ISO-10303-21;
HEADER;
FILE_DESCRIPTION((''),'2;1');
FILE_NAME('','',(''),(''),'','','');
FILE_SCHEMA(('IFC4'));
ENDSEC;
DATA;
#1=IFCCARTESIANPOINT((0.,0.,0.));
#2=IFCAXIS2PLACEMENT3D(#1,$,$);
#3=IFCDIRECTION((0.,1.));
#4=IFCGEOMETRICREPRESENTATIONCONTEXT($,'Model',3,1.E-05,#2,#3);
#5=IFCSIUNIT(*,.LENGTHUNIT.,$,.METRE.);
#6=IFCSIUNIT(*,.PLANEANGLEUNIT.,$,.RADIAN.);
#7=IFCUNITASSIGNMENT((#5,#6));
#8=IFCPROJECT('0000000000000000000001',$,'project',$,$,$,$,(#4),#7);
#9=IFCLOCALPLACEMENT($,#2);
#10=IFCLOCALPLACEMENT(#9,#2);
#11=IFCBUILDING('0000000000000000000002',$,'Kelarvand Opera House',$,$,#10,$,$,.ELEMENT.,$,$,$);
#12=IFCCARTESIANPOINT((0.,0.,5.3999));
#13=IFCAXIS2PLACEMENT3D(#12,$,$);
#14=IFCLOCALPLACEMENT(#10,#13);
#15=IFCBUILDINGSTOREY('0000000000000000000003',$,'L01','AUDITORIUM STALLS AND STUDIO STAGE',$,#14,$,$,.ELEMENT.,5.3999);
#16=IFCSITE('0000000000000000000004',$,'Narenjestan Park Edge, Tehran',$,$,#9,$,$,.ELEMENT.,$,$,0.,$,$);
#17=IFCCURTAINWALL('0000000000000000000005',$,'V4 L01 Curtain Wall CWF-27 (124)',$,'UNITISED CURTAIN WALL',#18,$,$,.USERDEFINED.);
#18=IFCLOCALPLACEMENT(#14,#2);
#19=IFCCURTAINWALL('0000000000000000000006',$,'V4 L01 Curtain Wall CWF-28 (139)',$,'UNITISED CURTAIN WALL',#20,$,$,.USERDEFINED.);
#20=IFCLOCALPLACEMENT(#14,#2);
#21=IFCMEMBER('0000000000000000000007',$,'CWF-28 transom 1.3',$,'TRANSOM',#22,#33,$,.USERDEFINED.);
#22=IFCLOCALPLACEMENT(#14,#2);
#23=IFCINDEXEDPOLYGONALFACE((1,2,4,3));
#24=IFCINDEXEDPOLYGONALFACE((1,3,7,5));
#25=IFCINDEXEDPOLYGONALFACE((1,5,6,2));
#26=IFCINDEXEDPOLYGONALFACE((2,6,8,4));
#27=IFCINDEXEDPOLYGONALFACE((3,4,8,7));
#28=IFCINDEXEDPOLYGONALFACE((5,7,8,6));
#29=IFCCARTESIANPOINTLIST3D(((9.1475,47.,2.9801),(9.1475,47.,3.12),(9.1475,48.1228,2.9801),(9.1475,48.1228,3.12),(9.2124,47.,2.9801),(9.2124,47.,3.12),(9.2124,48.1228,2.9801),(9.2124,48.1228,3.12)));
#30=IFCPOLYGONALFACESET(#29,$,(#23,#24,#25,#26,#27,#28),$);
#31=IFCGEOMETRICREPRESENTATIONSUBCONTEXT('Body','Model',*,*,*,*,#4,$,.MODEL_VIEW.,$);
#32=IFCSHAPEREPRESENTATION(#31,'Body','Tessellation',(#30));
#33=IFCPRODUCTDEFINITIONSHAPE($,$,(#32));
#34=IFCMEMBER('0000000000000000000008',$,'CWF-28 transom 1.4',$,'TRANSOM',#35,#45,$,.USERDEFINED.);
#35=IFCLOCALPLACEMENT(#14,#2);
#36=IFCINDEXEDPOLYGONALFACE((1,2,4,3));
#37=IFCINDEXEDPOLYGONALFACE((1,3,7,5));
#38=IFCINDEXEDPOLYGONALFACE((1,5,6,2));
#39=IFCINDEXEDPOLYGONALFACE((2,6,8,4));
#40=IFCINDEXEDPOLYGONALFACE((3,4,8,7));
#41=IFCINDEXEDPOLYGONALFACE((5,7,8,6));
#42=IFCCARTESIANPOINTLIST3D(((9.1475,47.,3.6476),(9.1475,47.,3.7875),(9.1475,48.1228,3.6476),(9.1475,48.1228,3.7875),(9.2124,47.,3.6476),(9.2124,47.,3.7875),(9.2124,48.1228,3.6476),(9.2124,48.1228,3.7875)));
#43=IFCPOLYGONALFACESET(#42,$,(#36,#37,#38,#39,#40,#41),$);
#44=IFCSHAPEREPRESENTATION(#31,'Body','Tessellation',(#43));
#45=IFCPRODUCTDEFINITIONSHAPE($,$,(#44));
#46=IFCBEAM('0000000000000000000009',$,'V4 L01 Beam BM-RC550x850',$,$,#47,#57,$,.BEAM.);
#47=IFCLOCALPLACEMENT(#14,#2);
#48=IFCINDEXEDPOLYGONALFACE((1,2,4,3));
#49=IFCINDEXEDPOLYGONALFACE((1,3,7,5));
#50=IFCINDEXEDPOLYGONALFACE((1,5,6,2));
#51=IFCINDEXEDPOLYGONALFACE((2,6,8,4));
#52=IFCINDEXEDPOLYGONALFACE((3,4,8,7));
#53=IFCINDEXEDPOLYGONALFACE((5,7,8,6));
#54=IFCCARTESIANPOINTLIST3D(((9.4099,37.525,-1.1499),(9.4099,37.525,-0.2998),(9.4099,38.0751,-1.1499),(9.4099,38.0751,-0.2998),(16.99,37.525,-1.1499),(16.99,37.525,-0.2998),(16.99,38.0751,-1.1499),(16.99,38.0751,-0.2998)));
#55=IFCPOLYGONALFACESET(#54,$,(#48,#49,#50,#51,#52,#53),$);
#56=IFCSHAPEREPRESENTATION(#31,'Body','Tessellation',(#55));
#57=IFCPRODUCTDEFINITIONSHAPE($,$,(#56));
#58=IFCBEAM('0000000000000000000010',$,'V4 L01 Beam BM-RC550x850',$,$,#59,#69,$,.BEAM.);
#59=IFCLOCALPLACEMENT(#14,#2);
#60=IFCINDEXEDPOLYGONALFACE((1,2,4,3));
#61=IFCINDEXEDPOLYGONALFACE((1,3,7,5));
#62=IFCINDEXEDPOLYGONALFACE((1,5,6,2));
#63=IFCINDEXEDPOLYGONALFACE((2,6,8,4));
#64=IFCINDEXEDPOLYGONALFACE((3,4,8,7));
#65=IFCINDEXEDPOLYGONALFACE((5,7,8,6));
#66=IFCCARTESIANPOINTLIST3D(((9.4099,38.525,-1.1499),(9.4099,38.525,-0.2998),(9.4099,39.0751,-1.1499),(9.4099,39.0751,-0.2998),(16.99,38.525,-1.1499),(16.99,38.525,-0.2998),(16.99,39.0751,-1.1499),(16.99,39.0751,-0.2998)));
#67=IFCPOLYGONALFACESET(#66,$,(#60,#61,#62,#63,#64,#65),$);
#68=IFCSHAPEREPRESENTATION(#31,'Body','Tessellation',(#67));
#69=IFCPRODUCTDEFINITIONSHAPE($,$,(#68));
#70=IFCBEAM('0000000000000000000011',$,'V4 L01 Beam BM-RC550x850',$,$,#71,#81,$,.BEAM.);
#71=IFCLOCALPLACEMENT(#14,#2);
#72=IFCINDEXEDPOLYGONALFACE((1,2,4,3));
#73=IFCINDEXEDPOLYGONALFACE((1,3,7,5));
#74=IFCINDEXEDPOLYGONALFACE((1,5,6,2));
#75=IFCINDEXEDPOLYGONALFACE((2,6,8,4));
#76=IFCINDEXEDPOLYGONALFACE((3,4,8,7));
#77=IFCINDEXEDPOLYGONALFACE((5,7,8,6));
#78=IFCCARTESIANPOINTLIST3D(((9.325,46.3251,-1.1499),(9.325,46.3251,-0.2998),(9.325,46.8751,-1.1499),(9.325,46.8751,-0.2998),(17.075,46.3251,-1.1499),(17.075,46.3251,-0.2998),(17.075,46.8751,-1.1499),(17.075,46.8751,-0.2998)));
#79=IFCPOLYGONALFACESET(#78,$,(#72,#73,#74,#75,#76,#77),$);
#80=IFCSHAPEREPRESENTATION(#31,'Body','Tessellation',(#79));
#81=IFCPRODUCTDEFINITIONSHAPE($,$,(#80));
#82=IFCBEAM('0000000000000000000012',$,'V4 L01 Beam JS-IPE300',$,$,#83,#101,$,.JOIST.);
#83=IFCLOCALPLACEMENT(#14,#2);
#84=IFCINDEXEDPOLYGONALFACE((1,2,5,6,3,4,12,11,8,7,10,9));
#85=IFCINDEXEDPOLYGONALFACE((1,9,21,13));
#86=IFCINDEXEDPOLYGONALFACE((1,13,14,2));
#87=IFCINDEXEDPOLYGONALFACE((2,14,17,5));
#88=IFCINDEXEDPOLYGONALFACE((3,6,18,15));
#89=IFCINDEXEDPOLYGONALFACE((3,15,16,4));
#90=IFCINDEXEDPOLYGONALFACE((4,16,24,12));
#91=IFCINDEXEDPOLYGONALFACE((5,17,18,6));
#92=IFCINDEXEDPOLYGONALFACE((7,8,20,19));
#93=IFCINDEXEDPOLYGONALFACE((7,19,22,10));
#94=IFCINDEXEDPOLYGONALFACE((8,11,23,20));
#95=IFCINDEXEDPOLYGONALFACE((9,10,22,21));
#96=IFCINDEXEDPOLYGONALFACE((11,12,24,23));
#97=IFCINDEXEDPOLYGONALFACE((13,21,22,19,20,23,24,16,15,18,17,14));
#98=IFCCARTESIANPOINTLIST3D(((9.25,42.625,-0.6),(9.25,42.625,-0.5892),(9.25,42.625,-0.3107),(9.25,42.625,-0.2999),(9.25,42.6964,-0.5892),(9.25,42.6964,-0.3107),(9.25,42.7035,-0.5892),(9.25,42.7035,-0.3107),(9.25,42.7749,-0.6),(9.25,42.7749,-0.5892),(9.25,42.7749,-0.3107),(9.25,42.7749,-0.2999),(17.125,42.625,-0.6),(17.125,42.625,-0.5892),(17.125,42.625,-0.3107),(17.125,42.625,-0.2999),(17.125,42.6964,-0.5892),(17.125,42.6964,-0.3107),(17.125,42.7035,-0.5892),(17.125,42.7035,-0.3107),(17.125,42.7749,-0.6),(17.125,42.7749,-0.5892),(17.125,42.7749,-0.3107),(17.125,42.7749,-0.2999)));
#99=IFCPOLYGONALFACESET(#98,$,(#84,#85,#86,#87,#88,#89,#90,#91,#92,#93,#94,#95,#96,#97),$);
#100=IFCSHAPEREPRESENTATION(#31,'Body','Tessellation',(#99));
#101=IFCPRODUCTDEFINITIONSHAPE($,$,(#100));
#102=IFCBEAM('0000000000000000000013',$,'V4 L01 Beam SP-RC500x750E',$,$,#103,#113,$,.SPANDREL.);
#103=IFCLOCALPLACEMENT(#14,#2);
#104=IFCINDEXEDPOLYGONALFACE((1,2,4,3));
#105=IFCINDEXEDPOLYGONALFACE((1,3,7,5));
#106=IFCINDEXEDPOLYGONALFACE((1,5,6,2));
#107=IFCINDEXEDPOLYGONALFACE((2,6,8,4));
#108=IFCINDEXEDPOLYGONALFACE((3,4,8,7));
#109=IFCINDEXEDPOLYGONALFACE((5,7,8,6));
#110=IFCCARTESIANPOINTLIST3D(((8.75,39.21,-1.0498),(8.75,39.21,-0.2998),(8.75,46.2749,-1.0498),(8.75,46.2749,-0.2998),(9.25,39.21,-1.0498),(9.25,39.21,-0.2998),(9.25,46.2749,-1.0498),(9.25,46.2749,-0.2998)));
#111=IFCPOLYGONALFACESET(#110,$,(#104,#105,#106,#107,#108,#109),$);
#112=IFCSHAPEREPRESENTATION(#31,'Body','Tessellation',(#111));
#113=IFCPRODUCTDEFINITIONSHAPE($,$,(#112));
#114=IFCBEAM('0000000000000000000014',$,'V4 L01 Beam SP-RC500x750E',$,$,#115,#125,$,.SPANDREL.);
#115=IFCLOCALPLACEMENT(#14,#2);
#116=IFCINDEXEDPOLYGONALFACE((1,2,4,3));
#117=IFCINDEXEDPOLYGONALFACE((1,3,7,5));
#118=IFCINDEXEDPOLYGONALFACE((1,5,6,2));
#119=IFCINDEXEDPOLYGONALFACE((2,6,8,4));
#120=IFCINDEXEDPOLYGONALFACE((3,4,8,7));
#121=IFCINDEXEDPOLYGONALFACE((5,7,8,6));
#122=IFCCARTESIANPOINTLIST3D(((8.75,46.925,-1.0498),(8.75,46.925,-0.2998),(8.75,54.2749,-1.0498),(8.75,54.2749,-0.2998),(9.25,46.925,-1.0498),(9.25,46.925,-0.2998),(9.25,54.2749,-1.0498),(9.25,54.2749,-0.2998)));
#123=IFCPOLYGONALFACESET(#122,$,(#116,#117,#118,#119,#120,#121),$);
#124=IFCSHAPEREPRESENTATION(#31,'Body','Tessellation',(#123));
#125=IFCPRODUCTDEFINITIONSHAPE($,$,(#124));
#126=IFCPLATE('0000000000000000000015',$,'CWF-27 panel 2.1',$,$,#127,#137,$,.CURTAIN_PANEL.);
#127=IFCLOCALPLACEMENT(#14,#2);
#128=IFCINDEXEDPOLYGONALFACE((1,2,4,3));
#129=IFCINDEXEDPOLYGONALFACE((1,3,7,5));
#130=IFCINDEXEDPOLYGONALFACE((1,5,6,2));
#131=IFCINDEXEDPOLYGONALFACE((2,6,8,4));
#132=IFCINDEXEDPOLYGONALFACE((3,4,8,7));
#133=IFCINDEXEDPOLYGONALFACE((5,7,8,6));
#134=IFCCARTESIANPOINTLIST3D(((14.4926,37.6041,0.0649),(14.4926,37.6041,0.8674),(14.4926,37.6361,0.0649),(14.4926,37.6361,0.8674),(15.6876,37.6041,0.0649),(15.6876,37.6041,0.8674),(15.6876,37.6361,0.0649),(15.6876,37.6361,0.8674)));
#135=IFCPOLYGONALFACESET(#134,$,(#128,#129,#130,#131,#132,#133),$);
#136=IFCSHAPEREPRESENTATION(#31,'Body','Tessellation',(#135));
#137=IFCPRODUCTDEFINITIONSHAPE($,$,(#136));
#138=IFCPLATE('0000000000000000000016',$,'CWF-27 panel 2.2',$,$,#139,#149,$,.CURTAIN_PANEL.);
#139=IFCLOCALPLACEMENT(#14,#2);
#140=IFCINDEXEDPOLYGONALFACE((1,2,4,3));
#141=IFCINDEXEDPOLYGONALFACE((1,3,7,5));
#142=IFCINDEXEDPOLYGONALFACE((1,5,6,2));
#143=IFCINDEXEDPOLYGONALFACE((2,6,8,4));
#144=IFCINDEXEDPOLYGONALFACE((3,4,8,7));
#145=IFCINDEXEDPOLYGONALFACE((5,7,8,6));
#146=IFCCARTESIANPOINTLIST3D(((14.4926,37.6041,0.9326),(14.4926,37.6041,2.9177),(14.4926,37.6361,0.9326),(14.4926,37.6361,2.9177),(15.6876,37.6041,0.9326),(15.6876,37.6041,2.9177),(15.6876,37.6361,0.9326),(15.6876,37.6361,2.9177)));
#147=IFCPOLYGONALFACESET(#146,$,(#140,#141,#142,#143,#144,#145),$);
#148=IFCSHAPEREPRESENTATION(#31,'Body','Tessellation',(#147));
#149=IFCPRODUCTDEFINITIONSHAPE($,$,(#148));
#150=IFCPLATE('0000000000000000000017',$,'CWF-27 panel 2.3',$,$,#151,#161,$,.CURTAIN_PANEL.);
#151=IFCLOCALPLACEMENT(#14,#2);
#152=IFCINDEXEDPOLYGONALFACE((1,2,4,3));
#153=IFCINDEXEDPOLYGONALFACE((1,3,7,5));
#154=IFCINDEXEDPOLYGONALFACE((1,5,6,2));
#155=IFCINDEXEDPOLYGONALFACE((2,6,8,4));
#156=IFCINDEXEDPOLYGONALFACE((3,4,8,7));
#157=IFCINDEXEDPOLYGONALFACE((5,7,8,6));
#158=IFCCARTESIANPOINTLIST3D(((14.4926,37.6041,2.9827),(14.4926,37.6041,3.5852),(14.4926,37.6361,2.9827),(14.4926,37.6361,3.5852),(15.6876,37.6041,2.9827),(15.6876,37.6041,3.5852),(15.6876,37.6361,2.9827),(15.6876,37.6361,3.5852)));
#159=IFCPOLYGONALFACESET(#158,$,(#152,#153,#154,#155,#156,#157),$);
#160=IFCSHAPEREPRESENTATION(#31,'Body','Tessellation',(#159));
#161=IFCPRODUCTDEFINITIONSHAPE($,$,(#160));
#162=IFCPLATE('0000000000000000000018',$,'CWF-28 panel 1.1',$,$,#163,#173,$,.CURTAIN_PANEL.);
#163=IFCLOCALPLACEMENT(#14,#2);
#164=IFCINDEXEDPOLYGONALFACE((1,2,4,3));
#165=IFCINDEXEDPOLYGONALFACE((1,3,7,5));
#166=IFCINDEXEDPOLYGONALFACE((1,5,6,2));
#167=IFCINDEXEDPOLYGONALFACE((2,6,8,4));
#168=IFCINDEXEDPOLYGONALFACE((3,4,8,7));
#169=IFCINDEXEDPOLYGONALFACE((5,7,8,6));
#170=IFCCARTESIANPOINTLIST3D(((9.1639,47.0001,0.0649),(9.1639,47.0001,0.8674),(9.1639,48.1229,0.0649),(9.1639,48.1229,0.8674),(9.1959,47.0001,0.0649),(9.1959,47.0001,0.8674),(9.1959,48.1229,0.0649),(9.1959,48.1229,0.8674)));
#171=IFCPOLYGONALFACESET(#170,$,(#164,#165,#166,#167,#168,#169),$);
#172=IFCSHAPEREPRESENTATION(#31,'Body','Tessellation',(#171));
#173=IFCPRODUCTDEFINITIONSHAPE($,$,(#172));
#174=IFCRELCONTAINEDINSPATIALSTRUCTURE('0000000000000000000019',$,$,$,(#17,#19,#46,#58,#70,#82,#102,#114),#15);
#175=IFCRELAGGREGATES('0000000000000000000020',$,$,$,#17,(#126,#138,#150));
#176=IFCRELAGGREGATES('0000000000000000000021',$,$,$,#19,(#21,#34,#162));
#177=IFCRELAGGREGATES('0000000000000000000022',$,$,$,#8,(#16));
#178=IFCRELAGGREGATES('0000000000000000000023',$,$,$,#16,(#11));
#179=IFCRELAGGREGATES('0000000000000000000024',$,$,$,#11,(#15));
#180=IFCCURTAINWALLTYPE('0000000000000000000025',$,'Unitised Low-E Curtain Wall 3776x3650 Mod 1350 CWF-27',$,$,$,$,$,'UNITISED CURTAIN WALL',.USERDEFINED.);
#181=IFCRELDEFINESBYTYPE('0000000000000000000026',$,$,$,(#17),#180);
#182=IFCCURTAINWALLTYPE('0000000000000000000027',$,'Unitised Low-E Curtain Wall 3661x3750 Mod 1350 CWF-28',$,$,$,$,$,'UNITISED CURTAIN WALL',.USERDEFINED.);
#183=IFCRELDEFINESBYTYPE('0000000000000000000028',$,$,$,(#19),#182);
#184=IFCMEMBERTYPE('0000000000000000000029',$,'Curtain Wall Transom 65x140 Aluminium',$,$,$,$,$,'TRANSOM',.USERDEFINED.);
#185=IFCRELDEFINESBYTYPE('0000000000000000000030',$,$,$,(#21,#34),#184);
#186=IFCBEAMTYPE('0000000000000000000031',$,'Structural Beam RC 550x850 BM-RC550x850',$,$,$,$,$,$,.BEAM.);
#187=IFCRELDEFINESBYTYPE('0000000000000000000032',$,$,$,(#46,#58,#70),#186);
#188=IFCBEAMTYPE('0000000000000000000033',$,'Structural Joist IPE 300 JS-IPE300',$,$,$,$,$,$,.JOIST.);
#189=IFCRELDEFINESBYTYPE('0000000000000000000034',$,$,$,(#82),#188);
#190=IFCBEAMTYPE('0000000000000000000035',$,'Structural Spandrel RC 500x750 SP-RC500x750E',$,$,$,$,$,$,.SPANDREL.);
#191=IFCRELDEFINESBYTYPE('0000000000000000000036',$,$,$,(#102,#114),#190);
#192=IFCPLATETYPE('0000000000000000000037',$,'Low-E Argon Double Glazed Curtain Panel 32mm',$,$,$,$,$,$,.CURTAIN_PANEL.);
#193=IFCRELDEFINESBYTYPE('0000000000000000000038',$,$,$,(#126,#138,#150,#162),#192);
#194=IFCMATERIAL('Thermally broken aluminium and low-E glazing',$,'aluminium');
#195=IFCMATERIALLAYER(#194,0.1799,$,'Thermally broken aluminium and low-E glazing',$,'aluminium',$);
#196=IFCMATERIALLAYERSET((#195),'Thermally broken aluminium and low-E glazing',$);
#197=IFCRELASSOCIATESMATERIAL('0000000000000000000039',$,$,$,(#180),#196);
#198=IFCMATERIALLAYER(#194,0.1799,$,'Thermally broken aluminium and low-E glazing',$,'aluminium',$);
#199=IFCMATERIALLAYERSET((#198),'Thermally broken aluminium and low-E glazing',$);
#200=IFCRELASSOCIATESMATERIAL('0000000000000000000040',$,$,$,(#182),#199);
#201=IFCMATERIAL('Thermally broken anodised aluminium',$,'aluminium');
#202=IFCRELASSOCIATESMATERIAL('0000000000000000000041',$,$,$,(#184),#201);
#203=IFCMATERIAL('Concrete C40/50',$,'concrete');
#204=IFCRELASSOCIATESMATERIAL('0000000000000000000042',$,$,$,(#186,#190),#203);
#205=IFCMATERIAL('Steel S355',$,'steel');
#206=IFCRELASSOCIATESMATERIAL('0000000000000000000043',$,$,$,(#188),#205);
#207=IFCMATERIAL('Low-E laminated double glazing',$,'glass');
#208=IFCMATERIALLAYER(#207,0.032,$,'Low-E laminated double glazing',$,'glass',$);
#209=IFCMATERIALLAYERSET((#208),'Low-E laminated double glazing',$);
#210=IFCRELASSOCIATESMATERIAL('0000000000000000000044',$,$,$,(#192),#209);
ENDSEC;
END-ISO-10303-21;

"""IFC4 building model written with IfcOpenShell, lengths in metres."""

from ifc_helpers import new_model, si_unit, direction, frame, origin, origin_2d, place, context, subcontext, project, spatial, rectangle, i_section, extrude, material, layer, layer_set, material_profile, profile_set, type_object, element, aggregate, save


model = new_model("IFC4")

# Units and contexts
model_context = context("Model", 3, precision=1e-05, world=origin(), true_north=direction((0.0, 1.0)))
body_context = subcontext(model_context, "Body", "Model", "MODEL_VIEW")
ifc_project = project(units=[si_unit("LENGTHUNIT", "METRE"), si_unit("PLANEANGLEUNIT", "RADIAN")], contexts=[model_context])

# Site, building, storey
site_placement = place(None, origin())
site = spatial("IfcSite", under=ifc_project, at=site_placement, Name="Narenjestan Park Edge, Tehran", CompositionType="ELEMENT", RefElevation=0.0)
building_placement = place(site_placement, origin())
building = spatial("IfcBuilding", under=site, at=building_placement, Name="Kelarvand Opera House", CompositionType="ELEMENT")
storey_placement = place(building_placement, frame((0.0, 0.0, 5.3999)))
storey = spatial("IfcBuildingStorey", under=building, at=storey_placement, Name="L01", Description="AUDITORIUM STALLS AND STUDIO STAGE", CompositionType="ELEMENT", Elevation=5.3999)

# Shared definitions
ifc_material_1 = material(Name="Concrete C40/50", Category="concrete")

# Curtain walls
ifc_material_2 = material(Name="Thermally broken aluminium and low-E glazing", Category="aluminium")
ifc_layer_1 = layer(ifc_material_2, 0.1799, Name="Thermally broken aluminium and low-E glazing", Category="aluminium")
ifc_layer_set_1 = layer_set([ifc_layer_1], Name="Thermally broken aluminium and low-E glazing")
curtain_wall_type_1 = type_object("IfcCurtainWallType", Name="Unitised Low-E Curtain Wall 3776x3650 Mod 1350 CWF-27", ElementType="UNITISED CURTAIN WALL", PredefinedType="USERDEFINED", material=ifc_layer_set_1)
curtain_wall_1_placement = place(storey_placement, origin())
curtain_wall_1 = element("IfcCurtainWall", 1, at=curtain_wall_1_placement, inside=storey, type_object=curtain_wall_type_1, Name="V4 L01 Curtain Wall CWF-27 (124)", ObjectType="UNITISED CURTAIN WALL", PredefinedType="USERDEFINED")
ifc_material_3 = material(Name="Thermally broken anodised aluminium", Category="aluminium")
ifc_layer_2 = layer(ifc_material_2, 0.1799, Name="Thermally broken aluminium and low-E glazing", Category="aluminium")
ifc_layer_set_2 = layer_set([ifc_layer_2], Name="Thermally broken aluminium and low-E glazing")
curtain_wall_type_2 = type_object("IfcCurtainWallType", Name="Unitised Low-E Curtain Wall 3661x3750 Mod 1350 CWF-28", ElementType="UNITISED CURTAIN WALL", PredefinedType="USERDEFINED", material=ifc_layer_set_2)
curtain_wall_2_placement = place(storey_placement, origin())
curtain_wall_2 = element("IfcCurtainWall", 2, at=curtain_wall_2_placement, inside=storey, type_object=curtain_wall_type_2, Name="V4 L01 Curtain Wall CWF-28 (139)", ObjectType="UNITISED CURTAIN WALL", PredefinedType="USERDEFINED")

# Members
ifc_material_profile_1 = material_profile(ifc_material_3, rectangle(XDim=0.0649, YDim=0.1399, at=origin_2d()), Name="ALU TRANSOM 65x140", Category="aluminium")
ifc_profile_set_1 = profile_set([ifc_material_profile_1], Name="Thermally broken anodised aluminium")
member_type_1 = type_object("IfcMemberType", Name="Curtain Wall Transom 65x140 Aluminium", ElementType="TRANSOM", PredefinedType="USERDEFINED", material=ifc_profile_set_1)
member_1_placement = place(storey_placement, frame((9.1799, 47.0, 3.05), z_axis=(0.0, 1.0, 0.0), x_axis=(-1.0, 0.0, 0.0)))
member_1 = element("IfcMember", 3, at=member_1_placement, type_object=member_type_1, Name="CWF-28 transom 1.3", ObjectType="TRANSOM", PredefinedType="USERDEFINED", context=body_context, shape_type="SweptSolid", body=[
    extrude(rectangle(XDim=0.0649, YDim=0.1399, at=origin_2d()), origin(), (0.0, 0.0, 1.0), 1.1228),
])
member_2_placement = place(storey_placement, frame((9.1799, 47.0, 3.7175), z_axis=(0.0, 1.0, 0.0), x_axis=(-1.0, 0.0, 0.0)))
member_2 = element("IfcMember", 4, at=member_2_placement, type_object=member_type_1, Name="CWF-28 transom 1.4", ObjectType="TRANSOM", PredefinedType="USERDEFINED", context=body_context, shape_type="SweptSolid", body=[
    extrude(rectangle(XDim=0.0649, YDim=0.1399, at=origin_2d()), origin(), (0.0, 0.0, 1.0), 1.1228),
])

# Beams
ifc_material_profile_2 = material_profile(ifc_material_1, rectangle(XDim=0.55, YDim=0.8501, at=origin_2d()), Name="RC 550x850", Category="concrete")
ifc_profile_set_2 = profile_set([ifc_material_profile_2], Name="Concrete C40/50")
beam_type_1 = type_object("IfcBeamType", Name="Structural Beam RC 550x850 BM-RC550x850", PredefinedType="BEAM", material=ifc_profile_set_2)
for number, where, z_axis, x_axis, name in (
    (5, (9.4099, 37.8, -0.7249), (1.0, 0.0, 0.0), (0.0, 1.0, 0.0), "V4 L01 Beam BM-RC550x850"),
    (6, (9.4099, 38.8, -0.7249), (1.0, 0.0, 0.0), (0.0, 1.0, 0.0), "V4 L01 Beam BM-RC550x850"),
):
    element("IfcBeam", number, at=place(storey_placement, frame(where, z_axis=z_axis, x_axis=x_axis)), inside=storey, type_object=beam_type_1, Name=name, PredefinedType="BEAM", context=body_context, shape_type="SweptSolid", body=[
        extrude(rectangle(XDim=0.55, YDim=0.8501, at=origin_2d()), origin(), (0.0, 0.0, 1.0), 7.5801),
    ])
beam_1_placement = place(storey_placement, frame((9.325, 46.6001, -0.7249), z_axis=(1.0, 0.0, 0.0), x_axis=(0.0, 1.0, 0.0)))
element("IfcBeam", 7, at=beam_1_placement, inside=storey, type_object=beam_type_1, Name="V4 L01 Beam BM-RC550x850", PredefinedType="BEAM", context=body_context, shape_type="SweptSolid", body=[
    extrude(rectangle(XDim=0.55, YDim=0.8501, at=origin_2d()), origin(), (0.0, 0.0, 1.0), 7.75),
])
ifc_material_4 = material(Name="Steel S355", Category="steel")
ifc_material_profile_3 = material_profile(ifc_material_4, i_section(OverallWidth=0.1499, OverallDepth=0.3, WebThickness=0.0071, FlangeThickness=0.0107, at=origin_2d()), Name="IPE 300", Category="steel")
ifc_profile_set_3 = profile_set([ifc_material_profile_3], Name="Steel S355")
beam_type_2 = type_object("IfcBeamType", Name="Structural Joist IPE 300 JS-IPE300", PredefinedType="JOIST", material=ifc_profile_set_3)
beam_2_placement = place(storey_placement, frame((9.25, 42.7, -0.45), z_axis=(1.0, 0.0, 0.0), x_axis=(0.0, 1.0, 0.0)))
element("IfcBeam", 8, at=beam_2_placement, inside=storey, type_object=beam_type_2, Name="V4 L01 Beam JS-IPE300", PredefinedType="JOIST", context=body_context, shape_type="SweptSolid", body=[
    extrude(i_section(OverallWidth=0.1499, OverallDepth=0.3, WebThickness=0.0071, FlangeThickness=0.0107, at=origin_2d()), origin(), (0.0, 0.0, 1.0), 7.875),
])
ifc_material_profile_4 = material_profile(ifc_material_1, rectangle(XDim=0.5, YDim=0.75, at=origin_2d()), Name="RC 500x750", Category="concrete")
ifc_profile_set_4 = profile_set([ifc_material_profile_4], Name="Concrete C40/50")
beam_type_3 = type_object("IfcBeamType", Name="Structural Spandrel RC 500x750 SP-RC500x750E", PredefinedType="SPANDREL", material=ifc_profile_set_4)
beam_3_placement = place(storey_placement, frame((9.0, 39.21, -0.6748), z_axis=(0.0, 1.0, 0.0), x_axis=(-1.0, 0.0, 0.0)))
element("IfcBeam", 9, at=beam_3_placement, inside=storey, type_object=beam_type_3, Name="V4 L01 Beam SP-RC500x750E", PredefinedType="SPANDREL", context=body_context, shape_type="SweptSolid", body=[
    extrude(rectangle(XDim=0.5, YDim=0.75, at=origin_2d()), origin(), (0.0, 0.0, 1.0), 7.0649),
])
beam_4_placement = place(storey_placement, frame((9.0, 46.925, -0.6748), z_axis=(0.0, 1.0, 0.0), x_axis=(-1.0, 0.0, 0.0)))
element("IfcBeam", 10, at=beam_4_placement, inside=storey, type_object=beam_type_3, Name="V4 L01 Beam SP-RC500x750E", PredefinedType="SPANDREL", context=body_context, shape_type="SweptSolid", body=[
    extrude(rectangle(XDim=0.5, YDim=0.75, at=origin_2d()), origin(), (0.0, 0.0, 1.0), 7.3499),
])

# Plates
ifc_material_5 = material(Name="Low-E laminated double glazing", Category="glass")
ifc_layer_3 = layer(ifc_material_5, 0.032, Name="Low-E laminated double glazing", Category="glass")
ifc_layer_set_3 = layer_set([ifc_layer_3], Name="Low-E laminated double glazing")
plate_type = type_object("IfcPlateType", Name="Low-E Argon Double Glazed Curtain Panel 32mm", PredefinedType="CURTAIN_PANEL", material=ifc_layer_set_3)
plate_1_placement = place(storey_placement, frame((15.0901, 37.6201, 0.0649), z_axis=(0.0, 0.0, 1.0), x_axis=(1.0, 0.0, 0.0)))
plate_1 = element("IfcPlate", 11, at=plate_1_placement, type_object=plate_type, Name="CWF-27 panel 2.1", PredefinedType="CURTAIN_PANEL", context=body_context, shape_type="SweptSolid", body=[
    extrude(rectangle(XDim=1.1951, YDim=0.032, at=origin_2d()), origin(), (0.0, 0.0, 1.0), 0.8025),
])
plate_2_placement = place(storey_placement, frame((15.0901, 37.6201, 0.9326), z_axis=(0.0, 0.0, 1.0), x_axis=(1.0, 0.0, 0.0)))
plate_2 = element("IfcPlate", 12, at=plate_2_placement, type_object=plate_type, Name="CWF-27 panel 2.2", PredefinedType="CURTAIN_PANEL", context=body_context, shape_type="SweptSolid", body=[
    extrude(rectangle(XDim=1.1951, YDim=0.032, at=origin_2d()), origin(), (0.0, 0.0, 1.0), 1.9851),
])
plate_3_placement = place(storey_placement, frame((15.0901, 37.6201, 2.9827), z_axis=(0.0, 0.0, 1.0), x_axis=(1.0, 0.0, 0.0)))
plate_3 = element("IfcPlate", 13, at=plate_3_placement, type_object=plate_type, Name="CWF-27 panel 2.3", PredefinedType="CURTAIN_PANEL", context=body_context, shape_type="SweptSolid", body=[
    extrude(rectangle(XDim=1.1951, YDim=0.032, at=origin_2d()), origin(), (0.0, 0.0, 1.0), 0.6025),
])
aggregate(curtain_wall_1, [plate_1, plate_2, plate_3])
plate_4_placement = place(storey_placement, frame((9.1799, 47.5615, 0.0649), z_axis=(0.0, 0.0, 1.0), x_axis=(0.0, 1.0, 0.0)))
plate_4 = element("IfcPlate", 14, at=plate_4_placement, type_object=plate_type, Name="CWF-28 panel 1.1", PredefinedType="CURTAIN_PANEL", context=body_context, shape_type="SweptSolid", body=[
    extrude(rectangle(XDim=1.1228, YDim=0.032, at=origin_2d()), origin(), (0.0, 0.0, 1.0), 0.8025),
])
aggregate(curtain_wall_2, [member_1, member_2, plate_4])

save(model, "model.ifc")
